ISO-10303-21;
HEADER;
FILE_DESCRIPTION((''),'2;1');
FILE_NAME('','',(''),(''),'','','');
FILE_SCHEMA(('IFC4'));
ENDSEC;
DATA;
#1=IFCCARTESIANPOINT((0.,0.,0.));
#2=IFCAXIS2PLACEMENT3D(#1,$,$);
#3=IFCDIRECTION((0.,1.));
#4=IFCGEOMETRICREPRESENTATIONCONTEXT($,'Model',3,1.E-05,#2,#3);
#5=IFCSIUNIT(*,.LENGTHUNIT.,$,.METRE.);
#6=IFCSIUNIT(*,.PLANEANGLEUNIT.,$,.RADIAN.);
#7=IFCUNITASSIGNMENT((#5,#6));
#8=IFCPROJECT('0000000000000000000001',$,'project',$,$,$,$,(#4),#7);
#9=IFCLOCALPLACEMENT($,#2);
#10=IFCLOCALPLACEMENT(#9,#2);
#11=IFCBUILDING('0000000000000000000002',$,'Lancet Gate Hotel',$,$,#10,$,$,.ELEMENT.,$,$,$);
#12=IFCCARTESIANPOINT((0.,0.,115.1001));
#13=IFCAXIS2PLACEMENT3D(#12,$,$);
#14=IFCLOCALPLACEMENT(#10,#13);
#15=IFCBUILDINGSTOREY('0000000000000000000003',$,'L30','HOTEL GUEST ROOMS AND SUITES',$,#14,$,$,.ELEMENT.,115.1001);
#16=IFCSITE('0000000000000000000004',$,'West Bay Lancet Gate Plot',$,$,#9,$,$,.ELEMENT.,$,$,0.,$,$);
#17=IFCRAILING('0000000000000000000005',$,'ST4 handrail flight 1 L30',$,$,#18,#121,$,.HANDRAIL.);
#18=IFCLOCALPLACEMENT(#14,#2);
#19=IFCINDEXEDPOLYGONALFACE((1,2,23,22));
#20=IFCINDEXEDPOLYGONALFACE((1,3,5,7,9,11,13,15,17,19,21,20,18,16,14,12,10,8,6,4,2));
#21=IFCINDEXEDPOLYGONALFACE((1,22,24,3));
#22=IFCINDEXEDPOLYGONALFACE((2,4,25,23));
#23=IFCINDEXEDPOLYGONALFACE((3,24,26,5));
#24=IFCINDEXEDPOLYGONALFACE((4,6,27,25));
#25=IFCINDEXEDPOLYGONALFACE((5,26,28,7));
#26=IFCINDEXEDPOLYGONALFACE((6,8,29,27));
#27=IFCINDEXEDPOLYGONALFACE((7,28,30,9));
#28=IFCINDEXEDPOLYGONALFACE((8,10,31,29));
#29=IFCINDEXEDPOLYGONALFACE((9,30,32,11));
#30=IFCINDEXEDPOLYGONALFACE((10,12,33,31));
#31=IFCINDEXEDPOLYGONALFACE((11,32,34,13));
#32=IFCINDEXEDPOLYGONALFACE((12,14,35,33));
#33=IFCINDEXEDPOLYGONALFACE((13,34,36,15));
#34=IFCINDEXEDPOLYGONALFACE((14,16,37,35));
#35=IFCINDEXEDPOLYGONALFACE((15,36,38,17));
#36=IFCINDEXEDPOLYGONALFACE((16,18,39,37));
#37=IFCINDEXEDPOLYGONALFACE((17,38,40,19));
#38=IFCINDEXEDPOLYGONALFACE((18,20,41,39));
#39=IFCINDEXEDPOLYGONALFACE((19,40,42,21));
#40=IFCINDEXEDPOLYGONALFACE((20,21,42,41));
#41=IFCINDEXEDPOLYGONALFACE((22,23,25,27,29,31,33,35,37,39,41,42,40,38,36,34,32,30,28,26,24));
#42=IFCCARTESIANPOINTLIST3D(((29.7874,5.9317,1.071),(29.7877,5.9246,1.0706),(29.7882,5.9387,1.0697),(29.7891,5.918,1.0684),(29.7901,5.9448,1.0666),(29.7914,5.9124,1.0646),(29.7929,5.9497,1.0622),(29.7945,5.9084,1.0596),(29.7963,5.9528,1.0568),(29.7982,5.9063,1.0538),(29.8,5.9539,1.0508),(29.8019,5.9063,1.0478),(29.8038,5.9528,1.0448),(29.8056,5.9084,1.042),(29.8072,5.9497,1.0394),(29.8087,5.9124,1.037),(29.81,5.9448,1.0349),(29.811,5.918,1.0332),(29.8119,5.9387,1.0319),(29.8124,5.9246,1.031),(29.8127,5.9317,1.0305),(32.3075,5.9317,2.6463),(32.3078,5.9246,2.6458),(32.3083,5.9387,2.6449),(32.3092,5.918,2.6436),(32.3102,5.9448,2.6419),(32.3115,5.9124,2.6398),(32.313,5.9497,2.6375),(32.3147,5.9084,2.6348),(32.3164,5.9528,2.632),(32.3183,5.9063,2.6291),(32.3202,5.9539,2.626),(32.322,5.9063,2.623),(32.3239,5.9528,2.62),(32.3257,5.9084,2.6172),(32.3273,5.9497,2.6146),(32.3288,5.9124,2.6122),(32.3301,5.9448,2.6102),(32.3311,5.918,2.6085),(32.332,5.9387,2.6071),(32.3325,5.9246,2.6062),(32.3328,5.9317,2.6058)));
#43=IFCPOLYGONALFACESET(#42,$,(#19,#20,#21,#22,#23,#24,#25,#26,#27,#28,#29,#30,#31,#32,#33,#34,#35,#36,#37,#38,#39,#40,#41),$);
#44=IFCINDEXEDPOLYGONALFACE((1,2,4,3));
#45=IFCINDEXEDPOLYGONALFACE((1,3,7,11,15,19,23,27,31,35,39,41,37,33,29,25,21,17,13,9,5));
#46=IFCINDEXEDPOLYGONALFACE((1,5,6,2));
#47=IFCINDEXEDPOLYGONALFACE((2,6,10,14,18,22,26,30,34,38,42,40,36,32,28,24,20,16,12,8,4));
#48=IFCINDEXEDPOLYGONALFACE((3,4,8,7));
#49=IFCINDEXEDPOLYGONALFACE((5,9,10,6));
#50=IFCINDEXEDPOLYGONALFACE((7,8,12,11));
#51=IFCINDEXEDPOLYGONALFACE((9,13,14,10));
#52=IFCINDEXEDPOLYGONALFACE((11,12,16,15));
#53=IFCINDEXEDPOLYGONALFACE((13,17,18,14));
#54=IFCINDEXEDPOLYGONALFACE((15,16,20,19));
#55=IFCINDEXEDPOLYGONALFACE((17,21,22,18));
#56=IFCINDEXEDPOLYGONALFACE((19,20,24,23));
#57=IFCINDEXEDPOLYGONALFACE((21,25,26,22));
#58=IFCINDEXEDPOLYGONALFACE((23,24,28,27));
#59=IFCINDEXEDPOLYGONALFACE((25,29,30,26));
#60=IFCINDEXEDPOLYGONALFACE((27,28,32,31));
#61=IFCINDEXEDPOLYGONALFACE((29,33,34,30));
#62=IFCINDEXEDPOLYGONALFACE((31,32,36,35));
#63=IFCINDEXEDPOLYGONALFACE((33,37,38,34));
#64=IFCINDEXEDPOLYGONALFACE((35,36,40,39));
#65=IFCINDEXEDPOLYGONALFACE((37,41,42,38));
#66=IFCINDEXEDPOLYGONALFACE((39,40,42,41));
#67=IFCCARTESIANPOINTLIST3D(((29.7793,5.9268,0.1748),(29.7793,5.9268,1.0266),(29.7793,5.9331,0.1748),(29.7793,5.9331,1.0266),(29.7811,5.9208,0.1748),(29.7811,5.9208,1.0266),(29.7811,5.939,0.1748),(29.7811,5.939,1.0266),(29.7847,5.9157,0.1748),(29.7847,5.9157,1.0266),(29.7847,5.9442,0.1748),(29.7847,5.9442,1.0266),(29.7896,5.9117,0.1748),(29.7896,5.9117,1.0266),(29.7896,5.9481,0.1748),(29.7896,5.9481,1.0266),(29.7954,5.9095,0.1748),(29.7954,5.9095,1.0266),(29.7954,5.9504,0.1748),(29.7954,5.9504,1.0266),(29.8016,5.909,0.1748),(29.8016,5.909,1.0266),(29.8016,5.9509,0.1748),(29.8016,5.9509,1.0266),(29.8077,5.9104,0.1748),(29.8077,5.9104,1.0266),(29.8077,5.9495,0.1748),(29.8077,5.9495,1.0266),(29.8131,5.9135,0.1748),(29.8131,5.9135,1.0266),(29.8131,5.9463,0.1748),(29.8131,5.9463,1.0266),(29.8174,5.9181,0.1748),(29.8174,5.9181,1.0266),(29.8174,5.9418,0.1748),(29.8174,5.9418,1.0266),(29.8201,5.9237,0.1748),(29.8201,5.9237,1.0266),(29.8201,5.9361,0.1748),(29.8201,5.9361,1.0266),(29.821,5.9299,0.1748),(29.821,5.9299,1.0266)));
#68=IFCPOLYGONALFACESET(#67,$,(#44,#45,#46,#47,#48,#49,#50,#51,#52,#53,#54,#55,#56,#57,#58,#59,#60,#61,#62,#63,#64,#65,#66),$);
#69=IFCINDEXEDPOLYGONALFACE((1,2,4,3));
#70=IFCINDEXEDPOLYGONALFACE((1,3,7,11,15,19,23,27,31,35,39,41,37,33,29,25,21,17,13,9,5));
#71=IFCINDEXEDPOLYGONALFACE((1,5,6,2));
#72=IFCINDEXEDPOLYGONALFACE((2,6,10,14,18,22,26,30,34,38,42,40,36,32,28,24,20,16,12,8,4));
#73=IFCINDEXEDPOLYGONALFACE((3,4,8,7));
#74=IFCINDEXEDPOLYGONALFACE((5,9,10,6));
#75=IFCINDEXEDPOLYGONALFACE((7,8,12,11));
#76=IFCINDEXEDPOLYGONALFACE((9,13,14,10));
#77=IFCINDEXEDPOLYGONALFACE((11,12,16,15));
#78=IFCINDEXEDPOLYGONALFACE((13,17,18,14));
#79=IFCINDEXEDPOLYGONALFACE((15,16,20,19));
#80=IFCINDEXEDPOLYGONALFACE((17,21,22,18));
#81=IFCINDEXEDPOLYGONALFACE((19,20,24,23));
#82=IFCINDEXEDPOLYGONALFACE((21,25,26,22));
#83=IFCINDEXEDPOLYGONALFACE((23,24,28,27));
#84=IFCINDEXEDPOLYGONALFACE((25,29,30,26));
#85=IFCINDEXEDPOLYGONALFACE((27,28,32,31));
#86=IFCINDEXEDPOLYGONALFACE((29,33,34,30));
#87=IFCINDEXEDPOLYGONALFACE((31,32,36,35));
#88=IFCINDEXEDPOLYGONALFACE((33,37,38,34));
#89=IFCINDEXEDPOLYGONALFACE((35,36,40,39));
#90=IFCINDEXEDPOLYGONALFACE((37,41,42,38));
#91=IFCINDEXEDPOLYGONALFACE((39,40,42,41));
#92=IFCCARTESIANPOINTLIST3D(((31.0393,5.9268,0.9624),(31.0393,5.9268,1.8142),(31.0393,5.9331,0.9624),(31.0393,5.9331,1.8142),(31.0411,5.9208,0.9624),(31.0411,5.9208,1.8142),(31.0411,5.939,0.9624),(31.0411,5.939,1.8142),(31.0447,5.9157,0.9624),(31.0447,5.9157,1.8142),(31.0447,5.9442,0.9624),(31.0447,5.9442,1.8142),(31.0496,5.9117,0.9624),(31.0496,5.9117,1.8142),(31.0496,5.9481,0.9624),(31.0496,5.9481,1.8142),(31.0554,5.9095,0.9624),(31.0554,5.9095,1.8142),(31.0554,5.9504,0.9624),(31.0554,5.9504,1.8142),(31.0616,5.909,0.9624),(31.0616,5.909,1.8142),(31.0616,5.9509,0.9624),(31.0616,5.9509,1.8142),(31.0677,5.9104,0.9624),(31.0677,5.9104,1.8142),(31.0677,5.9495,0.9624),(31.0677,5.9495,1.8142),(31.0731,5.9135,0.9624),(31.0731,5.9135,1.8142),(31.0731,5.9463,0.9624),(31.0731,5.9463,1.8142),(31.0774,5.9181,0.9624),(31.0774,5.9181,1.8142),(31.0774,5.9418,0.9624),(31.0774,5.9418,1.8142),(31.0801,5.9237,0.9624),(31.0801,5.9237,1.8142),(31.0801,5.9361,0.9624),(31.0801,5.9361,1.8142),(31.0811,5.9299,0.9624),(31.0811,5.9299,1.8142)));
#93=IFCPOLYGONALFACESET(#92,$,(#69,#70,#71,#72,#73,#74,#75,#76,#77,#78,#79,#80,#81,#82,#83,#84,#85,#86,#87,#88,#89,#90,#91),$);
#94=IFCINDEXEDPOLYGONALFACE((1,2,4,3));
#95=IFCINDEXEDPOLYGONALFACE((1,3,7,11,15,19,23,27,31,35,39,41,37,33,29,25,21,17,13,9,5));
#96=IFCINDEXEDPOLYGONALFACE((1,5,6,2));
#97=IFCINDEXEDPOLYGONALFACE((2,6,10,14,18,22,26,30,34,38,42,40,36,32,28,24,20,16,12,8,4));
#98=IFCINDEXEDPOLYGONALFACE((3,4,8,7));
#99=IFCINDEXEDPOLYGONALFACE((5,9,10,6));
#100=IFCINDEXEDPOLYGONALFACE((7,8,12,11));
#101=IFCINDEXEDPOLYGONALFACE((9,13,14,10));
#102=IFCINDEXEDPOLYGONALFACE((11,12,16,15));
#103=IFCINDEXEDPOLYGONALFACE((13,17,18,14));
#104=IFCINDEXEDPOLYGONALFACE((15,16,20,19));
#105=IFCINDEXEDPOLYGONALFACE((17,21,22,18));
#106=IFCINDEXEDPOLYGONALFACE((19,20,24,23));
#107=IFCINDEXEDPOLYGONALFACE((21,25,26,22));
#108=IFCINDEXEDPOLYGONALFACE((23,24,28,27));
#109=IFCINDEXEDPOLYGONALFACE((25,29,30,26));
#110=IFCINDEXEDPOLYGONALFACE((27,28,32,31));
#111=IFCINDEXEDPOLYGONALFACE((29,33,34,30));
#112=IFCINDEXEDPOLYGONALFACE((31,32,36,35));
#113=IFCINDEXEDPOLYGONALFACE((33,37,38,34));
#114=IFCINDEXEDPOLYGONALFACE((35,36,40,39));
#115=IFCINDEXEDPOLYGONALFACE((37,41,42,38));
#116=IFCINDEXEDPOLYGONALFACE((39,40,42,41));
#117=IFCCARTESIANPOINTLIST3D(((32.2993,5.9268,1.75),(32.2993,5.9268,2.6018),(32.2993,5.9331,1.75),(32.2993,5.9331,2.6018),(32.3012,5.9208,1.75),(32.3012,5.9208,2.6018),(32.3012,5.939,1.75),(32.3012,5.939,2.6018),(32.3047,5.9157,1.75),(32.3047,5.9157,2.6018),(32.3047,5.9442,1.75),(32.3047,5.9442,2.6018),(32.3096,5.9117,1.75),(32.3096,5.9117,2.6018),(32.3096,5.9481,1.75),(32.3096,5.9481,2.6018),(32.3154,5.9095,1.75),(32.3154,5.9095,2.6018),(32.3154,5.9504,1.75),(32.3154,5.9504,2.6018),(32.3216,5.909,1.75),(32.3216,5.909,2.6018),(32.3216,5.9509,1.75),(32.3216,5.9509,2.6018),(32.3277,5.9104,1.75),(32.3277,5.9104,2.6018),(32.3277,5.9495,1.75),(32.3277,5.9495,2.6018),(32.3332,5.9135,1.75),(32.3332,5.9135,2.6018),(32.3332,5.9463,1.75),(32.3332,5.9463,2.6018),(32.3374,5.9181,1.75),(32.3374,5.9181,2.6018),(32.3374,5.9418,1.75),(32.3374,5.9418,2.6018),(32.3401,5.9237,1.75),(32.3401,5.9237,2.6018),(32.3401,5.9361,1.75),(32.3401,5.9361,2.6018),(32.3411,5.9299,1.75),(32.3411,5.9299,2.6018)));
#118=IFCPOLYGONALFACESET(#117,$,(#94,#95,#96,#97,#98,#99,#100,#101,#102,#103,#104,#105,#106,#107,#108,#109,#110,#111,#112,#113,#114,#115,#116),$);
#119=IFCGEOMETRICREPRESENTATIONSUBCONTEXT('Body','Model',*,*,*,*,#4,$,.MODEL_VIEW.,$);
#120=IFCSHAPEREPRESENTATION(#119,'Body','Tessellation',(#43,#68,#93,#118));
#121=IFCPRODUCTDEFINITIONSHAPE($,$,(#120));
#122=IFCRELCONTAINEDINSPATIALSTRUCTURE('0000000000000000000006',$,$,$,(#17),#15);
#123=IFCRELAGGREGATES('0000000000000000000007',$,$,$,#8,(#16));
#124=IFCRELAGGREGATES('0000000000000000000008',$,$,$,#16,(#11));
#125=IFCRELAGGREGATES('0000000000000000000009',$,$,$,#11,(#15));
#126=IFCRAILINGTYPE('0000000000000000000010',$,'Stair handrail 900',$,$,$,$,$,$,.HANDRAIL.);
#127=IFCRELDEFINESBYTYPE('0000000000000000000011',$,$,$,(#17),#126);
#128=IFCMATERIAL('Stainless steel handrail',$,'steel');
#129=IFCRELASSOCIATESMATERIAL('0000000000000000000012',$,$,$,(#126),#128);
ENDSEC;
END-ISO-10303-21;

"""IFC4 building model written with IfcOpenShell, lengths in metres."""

from ifc_helpers import new_model, si_unit, direction, frame, origin, origin_2d, place, context, subcontext, project, spatial, circle, extrude, material, type_object, element, save


model = new_model("IFC4")

# Units and contexts
model_context = context("Model", 3, precision=1e-05, world=origin(), true_north=direction((0.0, 1.0)))
body_context = subcontext(model_context, "Body", "Model", "MODEL_VIEW")
ifc_project = project(units=[si_unit("LENGTHUNIT", "METRE"), si_unit("PLANEANGLEUNIT", "RADIAN")], contexts=[model_context])

# Site, building, storey
site_placement = place(None, origin())
site = spatial("IfcSite", under=ifc_project, at=site_placement, Name="West Bay Lancet Gate Plot", CompositionType="ELEMENT", RefElevation=0.0)
building_placement = place(site_placement, origin())
building = spatial("IfcBuilding", under=site, at=building_placement, Name="Lancet Gate Hotel", CompositionType="ELEMENT")
storey_placement = place(building_placement, frame((0.0, 0.0, 115.1001)))
storey = spatial("IfcBuildingStorey", under=building, at=storey_placement, Name="L30", Description="HOTEL GUEST ROOMS AND SUITES", CompositionType="ELEMENT", Elevation=115.1001)

# Railing
ifc_material_1 = material(Name="Stainless steel handrail", Category="steel")
railing_type = type_object("IfcRailingType", Name="Stair handrail 900", PredefinedType="HANDRAIL", material=ifc_material_1)
railing_1_placement = place(storey_placement, frame((29.8, 5.9299, 0.1748)))
element("IfcRailing", 1, at=railing_1_placement, inside=storey, type_object=railing_type, Name="ST4 handrail flight 1 L30", PredefinedType="HANDRAIL", context=body_context, shape_type="SweptSolid", body=[
    extrude(circle(Radius=0.0239, at=origin_2d()), frame((0.0, 0.0, 0.876), z_axis=(0.847971, 0.0, 0.530043), x_axis=(0.0, 1.0, 0.0)), (0.0, 0.0, 1.0), 2.9719),
    extrude(circle(Radius=0.021, at=origin_2d()), origin(), (0.0, 0.0, 1.0), 0.8518),
    extrude(circle(Radius=0.021, at=origin_2d()), frame((1.26, 0.0, 0.7876)), (0.0, 0.0, 1.0), 0.8518),
    extrude(circle(Radius=0.021, at=origin_2d()), frame((2.52, 0.0, 1.5752)), (0.0, 0.0, 1.0), 0.8518),
])

save(model, "model.ifc")
